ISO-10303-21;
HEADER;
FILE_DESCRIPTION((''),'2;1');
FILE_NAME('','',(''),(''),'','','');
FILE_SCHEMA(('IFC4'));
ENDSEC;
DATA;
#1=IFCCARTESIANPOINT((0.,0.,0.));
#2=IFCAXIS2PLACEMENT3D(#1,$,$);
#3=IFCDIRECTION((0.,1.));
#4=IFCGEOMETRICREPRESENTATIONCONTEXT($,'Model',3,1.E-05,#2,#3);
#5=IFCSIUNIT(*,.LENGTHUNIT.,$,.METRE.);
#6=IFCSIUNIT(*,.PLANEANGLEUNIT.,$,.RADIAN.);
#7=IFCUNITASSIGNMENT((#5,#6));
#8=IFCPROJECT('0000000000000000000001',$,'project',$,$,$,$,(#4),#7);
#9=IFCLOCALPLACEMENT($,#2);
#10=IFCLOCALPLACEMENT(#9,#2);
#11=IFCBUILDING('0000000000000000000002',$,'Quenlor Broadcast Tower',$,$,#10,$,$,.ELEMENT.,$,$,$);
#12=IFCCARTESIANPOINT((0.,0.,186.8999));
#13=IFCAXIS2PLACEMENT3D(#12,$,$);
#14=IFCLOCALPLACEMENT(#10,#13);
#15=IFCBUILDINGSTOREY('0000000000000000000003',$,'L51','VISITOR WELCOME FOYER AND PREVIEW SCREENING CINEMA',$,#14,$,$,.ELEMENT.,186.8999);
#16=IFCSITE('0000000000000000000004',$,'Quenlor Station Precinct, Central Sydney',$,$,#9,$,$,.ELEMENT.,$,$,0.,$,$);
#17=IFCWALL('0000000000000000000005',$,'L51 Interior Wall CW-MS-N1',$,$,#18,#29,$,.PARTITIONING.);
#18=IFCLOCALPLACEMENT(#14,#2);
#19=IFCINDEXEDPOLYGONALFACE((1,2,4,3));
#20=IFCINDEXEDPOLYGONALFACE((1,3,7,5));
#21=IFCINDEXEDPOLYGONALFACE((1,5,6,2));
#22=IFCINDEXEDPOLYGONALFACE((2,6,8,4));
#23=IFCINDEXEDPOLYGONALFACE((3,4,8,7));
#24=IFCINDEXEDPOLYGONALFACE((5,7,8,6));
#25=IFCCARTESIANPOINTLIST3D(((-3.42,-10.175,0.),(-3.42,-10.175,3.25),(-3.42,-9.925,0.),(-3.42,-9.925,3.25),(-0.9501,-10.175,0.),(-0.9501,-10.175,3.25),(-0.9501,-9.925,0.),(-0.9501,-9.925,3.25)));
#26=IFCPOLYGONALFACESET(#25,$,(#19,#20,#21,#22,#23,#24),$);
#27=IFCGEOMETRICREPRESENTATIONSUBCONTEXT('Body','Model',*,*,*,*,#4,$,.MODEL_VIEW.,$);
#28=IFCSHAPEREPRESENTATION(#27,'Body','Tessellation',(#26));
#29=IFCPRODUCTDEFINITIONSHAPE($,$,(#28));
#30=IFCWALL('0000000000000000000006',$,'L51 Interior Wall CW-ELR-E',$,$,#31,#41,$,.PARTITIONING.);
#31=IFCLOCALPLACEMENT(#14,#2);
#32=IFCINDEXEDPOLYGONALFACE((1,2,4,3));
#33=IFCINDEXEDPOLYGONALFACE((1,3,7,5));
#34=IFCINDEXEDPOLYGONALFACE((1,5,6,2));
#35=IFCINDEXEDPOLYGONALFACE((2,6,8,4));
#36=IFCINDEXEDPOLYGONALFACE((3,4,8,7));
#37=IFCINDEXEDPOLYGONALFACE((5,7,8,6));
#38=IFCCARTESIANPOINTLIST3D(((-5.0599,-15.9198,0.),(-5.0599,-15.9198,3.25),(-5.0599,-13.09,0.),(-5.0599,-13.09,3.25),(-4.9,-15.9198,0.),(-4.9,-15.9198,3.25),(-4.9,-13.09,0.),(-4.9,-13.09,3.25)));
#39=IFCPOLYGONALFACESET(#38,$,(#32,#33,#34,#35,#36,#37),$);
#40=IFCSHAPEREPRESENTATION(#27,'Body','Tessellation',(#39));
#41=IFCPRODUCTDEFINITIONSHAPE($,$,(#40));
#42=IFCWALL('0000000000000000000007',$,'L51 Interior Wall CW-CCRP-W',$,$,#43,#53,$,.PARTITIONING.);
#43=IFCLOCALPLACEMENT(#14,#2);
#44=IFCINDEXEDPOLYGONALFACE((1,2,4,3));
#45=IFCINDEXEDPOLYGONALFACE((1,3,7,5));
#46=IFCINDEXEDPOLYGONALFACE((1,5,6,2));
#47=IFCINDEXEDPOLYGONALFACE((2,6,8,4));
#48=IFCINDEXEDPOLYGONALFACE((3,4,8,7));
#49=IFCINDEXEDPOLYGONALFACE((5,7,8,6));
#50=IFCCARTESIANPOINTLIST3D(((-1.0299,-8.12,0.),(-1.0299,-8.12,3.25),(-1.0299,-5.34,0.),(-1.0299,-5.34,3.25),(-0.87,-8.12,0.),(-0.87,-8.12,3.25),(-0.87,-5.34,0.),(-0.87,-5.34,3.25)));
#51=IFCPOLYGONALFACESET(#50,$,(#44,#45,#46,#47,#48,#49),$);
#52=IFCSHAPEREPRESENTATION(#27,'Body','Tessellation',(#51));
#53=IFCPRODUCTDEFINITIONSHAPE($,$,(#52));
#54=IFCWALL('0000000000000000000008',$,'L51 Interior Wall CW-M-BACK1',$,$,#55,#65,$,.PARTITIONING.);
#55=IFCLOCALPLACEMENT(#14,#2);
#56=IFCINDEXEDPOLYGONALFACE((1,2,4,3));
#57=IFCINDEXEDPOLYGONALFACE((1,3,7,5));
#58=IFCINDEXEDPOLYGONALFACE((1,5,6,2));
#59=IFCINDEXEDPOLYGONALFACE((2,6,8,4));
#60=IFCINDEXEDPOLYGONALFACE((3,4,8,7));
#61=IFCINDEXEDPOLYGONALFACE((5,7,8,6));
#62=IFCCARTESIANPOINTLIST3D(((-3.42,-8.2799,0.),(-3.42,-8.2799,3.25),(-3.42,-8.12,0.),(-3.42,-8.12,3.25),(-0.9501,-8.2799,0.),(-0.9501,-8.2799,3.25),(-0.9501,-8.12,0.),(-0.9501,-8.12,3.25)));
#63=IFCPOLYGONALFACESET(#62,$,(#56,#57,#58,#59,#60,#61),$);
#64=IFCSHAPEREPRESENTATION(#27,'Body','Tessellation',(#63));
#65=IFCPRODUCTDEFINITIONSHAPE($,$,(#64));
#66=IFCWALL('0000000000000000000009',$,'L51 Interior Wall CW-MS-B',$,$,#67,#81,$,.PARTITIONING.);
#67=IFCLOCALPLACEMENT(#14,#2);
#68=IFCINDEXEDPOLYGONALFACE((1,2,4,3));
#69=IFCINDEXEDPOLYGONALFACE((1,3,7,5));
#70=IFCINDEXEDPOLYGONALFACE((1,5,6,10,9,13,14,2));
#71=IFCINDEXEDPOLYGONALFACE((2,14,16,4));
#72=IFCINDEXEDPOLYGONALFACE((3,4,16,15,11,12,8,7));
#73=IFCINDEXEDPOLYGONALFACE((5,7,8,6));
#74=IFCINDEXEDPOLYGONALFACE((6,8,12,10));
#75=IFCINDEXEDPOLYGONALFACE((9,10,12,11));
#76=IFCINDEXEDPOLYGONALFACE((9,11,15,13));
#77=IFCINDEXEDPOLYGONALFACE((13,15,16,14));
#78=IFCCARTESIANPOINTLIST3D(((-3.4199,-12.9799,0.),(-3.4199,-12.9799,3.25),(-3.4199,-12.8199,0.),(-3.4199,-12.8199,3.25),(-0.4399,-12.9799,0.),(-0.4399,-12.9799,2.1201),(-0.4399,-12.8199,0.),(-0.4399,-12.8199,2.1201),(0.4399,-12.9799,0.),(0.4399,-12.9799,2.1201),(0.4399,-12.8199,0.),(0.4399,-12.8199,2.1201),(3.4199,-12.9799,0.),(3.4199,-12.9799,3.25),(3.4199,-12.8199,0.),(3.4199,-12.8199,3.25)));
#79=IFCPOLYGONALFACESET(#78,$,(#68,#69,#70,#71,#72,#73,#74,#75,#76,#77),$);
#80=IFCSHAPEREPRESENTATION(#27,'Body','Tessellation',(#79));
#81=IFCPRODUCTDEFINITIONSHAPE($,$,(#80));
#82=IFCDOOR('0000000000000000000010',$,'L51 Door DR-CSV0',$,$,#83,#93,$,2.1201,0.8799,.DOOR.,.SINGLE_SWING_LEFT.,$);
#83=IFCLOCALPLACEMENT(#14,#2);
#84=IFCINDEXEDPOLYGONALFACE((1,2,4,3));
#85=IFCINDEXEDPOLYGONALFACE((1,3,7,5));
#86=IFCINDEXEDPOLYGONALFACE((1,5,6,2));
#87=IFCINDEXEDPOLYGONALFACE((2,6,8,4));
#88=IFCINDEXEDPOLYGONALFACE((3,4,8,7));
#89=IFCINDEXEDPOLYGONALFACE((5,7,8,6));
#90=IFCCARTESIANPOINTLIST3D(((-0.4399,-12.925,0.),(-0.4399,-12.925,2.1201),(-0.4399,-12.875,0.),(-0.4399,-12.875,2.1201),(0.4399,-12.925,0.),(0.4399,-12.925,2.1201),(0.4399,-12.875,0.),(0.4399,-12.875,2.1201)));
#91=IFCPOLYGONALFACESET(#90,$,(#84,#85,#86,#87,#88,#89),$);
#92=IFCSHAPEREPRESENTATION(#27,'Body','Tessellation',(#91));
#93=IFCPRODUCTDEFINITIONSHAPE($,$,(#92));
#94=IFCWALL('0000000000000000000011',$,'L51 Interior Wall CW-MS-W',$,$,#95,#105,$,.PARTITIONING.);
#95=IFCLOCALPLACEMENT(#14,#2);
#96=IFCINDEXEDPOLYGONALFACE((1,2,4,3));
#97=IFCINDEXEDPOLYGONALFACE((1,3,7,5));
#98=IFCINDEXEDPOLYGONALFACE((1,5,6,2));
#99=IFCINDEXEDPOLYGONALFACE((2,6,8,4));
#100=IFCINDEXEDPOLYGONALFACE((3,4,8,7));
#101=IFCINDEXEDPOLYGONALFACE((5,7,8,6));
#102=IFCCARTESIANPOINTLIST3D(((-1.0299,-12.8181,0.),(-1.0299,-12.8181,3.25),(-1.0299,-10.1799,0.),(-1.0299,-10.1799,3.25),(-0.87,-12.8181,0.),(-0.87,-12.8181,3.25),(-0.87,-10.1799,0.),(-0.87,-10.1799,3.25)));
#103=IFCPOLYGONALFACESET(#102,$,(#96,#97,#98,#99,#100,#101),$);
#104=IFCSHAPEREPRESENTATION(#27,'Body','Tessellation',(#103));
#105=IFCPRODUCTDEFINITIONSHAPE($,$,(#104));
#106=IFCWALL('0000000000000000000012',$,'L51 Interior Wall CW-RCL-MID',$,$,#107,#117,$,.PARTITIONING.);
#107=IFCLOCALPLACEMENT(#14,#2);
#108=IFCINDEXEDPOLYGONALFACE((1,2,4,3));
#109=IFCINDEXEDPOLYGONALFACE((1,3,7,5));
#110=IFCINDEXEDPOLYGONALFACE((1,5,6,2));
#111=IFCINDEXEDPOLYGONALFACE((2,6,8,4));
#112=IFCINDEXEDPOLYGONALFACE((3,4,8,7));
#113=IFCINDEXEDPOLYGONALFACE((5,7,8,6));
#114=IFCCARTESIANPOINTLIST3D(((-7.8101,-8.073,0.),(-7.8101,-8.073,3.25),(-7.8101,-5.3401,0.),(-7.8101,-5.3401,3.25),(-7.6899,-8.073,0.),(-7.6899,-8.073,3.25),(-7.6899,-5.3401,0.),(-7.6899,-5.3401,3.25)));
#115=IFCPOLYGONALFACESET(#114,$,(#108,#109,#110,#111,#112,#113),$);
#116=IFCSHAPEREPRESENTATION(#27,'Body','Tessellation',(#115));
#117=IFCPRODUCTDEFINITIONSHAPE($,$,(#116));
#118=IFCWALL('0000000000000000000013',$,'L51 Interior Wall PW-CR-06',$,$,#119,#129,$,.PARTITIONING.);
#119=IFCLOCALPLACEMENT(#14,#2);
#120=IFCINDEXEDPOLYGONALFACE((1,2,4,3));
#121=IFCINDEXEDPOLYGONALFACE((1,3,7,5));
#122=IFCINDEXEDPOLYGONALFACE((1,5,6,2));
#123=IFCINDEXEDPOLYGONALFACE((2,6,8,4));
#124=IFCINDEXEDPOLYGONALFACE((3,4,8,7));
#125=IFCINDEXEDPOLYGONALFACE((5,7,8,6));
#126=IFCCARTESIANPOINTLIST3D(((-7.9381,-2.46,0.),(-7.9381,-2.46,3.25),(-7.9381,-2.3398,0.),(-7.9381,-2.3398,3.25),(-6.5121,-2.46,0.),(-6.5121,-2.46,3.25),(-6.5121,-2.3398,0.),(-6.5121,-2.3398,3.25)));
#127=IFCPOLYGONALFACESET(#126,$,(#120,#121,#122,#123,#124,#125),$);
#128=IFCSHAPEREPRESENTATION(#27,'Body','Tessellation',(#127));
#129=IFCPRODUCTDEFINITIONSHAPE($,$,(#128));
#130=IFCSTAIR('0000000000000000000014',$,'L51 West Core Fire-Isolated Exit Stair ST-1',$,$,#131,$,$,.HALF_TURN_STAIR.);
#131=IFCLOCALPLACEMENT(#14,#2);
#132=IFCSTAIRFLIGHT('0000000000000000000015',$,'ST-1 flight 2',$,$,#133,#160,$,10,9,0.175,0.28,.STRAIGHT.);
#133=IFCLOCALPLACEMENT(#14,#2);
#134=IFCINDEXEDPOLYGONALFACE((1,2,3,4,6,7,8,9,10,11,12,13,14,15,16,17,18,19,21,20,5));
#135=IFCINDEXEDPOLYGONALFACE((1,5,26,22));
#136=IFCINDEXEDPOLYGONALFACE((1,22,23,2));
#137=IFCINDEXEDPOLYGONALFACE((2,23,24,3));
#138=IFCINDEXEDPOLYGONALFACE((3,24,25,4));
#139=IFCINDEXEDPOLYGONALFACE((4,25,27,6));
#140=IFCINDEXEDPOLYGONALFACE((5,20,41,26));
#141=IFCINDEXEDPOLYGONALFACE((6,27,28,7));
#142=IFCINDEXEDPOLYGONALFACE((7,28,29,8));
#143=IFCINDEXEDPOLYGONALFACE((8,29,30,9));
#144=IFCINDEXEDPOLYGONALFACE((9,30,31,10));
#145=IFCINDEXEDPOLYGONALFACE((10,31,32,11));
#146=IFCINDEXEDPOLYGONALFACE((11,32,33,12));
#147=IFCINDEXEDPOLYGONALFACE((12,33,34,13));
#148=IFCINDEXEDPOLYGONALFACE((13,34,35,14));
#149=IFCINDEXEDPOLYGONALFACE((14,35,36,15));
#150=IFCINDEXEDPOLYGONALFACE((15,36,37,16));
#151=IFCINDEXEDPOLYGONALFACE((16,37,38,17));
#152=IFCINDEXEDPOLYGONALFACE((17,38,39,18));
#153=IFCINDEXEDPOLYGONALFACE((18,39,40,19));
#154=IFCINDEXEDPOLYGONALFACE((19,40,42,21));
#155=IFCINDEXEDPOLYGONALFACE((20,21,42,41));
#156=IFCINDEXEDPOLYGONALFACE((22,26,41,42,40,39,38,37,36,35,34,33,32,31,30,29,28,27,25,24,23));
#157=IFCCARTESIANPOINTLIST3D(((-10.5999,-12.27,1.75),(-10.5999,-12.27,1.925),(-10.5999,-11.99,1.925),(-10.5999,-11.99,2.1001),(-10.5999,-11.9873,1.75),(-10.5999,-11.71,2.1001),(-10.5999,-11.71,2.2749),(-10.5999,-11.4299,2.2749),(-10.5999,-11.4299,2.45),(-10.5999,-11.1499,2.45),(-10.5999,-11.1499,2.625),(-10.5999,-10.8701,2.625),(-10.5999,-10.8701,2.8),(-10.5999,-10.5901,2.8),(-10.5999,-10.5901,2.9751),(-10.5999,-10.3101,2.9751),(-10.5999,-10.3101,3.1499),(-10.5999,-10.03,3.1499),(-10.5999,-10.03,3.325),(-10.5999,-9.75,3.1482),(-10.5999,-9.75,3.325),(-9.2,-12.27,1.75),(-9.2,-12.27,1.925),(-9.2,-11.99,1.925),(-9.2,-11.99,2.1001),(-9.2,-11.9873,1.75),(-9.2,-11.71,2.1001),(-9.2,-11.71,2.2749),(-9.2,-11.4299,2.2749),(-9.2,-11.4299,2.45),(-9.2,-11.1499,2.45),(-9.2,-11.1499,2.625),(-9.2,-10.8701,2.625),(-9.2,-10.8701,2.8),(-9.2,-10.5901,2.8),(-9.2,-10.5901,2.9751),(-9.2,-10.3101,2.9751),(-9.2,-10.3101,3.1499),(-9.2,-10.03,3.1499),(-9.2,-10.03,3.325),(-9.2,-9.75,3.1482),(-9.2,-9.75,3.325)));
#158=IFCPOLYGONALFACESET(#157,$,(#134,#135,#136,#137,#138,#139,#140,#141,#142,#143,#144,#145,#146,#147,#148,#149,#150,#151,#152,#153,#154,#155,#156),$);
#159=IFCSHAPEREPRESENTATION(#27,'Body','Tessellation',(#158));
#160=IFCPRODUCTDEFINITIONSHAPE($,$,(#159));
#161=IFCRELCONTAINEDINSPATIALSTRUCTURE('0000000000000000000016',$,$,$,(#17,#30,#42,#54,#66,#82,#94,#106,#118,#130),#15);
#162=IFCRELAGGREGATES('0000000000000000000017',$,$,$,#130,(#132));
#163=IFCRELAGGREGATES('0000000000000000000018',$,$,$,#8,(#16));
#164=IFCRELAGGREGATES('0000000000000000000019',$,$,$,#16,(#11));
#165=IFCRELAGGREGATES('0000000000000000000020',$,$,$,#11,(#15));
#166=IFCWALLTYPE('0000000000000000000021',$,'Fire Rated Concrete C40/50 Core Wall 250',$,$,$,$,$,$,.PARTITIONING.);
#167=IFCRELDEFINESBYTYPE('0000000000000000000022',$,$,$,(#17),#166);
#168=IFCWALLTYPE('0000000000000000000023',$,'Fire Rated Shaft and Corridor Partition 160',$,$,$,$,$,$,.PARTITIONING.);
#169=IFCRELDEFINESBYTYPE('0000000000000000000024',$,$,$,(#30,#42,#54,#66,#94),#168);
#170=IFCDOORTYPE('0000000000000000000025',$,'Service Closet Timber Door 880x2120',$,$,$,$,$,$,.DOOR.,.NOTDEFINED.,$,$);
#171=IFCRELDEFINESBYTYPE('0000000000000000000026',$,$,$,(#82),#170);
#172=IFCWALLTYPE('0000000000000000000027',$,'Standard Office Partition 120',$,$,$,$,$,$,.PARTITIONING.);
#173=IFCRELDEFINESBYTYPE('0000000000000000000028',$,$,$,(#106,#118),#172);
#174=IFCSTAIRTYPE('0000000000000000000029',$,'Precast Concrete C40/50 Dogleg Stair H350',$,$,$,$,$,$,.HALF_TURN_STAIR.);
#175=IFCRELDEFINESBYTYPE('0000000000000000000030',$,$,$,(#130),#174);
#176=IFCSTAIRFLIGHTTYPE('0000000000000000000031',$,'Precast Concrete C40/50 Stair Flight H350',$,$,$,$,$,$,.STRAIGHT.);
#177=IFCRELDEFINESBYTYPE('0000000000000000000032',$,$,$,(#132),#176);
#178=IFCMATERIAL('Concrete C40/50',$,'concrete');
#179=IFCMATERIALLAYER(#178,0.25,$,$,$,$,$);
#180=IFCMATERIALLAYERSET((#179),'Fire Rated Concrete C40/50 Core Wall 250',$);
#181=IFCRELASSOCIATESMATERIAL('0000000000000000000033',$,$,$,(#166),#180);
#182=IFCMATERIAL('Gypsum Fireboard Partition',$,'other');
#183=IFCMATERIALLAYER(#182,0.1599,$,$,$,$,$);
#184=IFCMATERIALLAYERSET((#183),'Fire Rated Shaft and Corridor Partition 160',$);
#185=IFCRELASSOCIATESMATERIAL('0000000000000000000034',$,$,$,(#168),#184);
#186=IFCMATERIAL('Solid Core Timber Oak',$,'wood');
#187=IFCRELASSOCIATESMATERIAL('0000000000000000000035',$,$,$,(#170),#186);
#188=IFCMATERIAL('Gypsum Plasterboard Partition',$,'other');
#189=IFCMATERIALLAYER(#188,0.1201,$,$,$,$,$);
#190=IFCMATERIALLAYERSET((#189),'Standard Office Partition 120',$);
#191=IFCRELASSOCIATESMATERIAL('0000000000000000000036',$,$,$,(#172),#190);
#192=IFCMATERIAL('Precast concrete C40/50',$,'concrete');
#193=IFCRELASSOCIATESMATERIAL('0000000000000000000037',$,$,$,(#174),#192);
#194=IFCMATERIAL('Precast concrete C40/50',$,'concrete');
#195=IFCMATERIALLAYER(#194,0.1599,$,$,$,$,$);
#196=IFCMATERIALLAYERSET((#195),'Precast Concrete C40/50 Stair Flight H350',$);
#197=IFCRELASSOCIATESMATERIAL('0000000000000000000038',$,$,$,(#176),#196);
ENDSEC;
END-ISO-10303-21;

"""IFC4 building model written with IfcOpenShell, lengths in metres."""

from ifc_helpers import new_model, si_unit, direction, frame, frame_2d, origin, place, context, subcontext, project, spatial, polyline, rectangle, outline, extrude, material, layer, layer_set, type_object, element, fill, aggregate, save


model = new_model("IFC4")

# Units and contexts
model_context = context("Model", 3, precision=1e-05, world=origin(), true_north=direction((0.0, 1.0)))
body_context = subcontext(model_context, "Body", "Model", "MODEL_VIEW")
ifc_project = project(units=[si_unit("LENGTHUNIT", "METRE"), si_unit("PLANEANGLEUNIT", "RADIAN")], contexts=[model_context])

# Site, building, storey
site_placement = place(None, origin())
site = spatial("IfcSite", under=ifc_project, at=site_placement, Name="Quenlor Station Precinct, Central Sydney", CompositionType="ELEMENT", RefElevation=0.0)
building_placement = place(site_placement, origin())
building = spatial("IfcBuilding", under=site, at=building_placement, Name="Quenlor Broadcast Tower", CompositionType="ELEMENT")
storey_placement = place(building_placement, frame((0.0, 0.0, 186.8999)))
storey = spatial("IfcBuildingStorey", under=building, at=storey_placement, Name="L51", Description="VISITOR WELCOME FOYER AND PREVIEW SCREENING CINEMA", CompositionType="ELEMENT", Elevation=186.8999)

# Shared definitions
ifc_material_1 = material(Name="Concrete C40/50", Category="concrete")
ifc_layer_1 = layer(ifc_material_1, 0.25)
ifc_layer_set_1 = layer_set([ifc_layer_1], Name="Fire Rated Concrete C40/50 Core Wall 250")
wall_type_1 = type_object("IfcWallType", Name="Fire Rated Concrete C40/50 Core Wall 250", PredefinedType="PARTITIONING", material=ifc_layer_set_1)

# Walls
wall_1_placement = place(storey_placement, frame((-3.4199, -10.05, 0.0), z_axis=(0.0, 0.0, 1.0), x_axis=(1.0, 0.0, 0.0)))
element("IfcWall", 1, at=wall_1_placement, inside=storey, type_object=wall_type_1, Name="L51 Interior Wall CW-MS-N1", PredefinedType="PARTITIONING", context=body_context, shape_type="SweptSolid", body=[
    extrude(rectangle(XDim=2.47, YDim=0.25, at=frame_2d((1.2349, 0.0))), origin(), (0.0, 0.0, 1.0), 3.25),
])
ifc_material_2 = material(Name="Gypsum Fireboard Partition", Category="other")
ifc_layer_2 = layer(ifc_material_2, 0.1599)
ifc_layer_set_2 = layer_set([ifc_layer_2], Name="Fire Rated Shaft and Corridor Partition 160")
wall_type_2 = type_object("IfcWallType", Name="Fire Rated Shaft and Corridor Partition 160", PredefinedType="PARTITIONING", material=ifc_layer_set_2)
wall_2_placement = place(storey_placement, frame((-4.98, -15.9199, 0.0), z_axis=(0.0, 0.0, 1.0), x_axis=(0.0, 1.0, 0.0)))
element("IfcWall", 2, at=wall_2_placement, inside=storey, type_object=wall_type_2, Name="L51 Interior Wall CW-ELR-E", PredefinedType="PARTITIONING", context=body_context, shape_type="SweptSolid", body=[
    extrude(rectangle(XDim=2.8298, YDim=0.1599, at=frame_2d((1.415, 0.0))), origin(), (0.0, 0.0, 1.0), 3.25),
])
wall_3_placement = place(storey_placement, frame((-0.95, -8.1201, 0.0), z_axis=(0.0, 0.0, 1.0), x_axis=(0.0, 1.0, 0.0)))
element("IfcWall", 3, at=wall_3_placement, inside=storey, type_object=wall_type_2, Name="L51 Interior Wall CW-CCRP-W", PredefinedType="PARTITIONING", context=body_context, shape_type="SweptSolid", body=[
    extrude(rectangle(XDim=2.78, YDim=0.1599, at=frame_2d((1.3901, 0.0))), origin(), (0.0, 0.0, 1.0), 3.25),
])
wall_4_placement = place(storey_placement, frame((-3.4199, -8.2, 0.0), z_axis=(0.0, 0.0, 1.0), x_axis=(1.0, 0.0, 0.0)))
element("IfcWall", 4, at=wall_4_placement, inside=storey, type_object=wall_type_2, Name="L51 Interior Wall CW-M-BACK1", PredefinedType="PARTITIONING", context=body_context, shape_type="SweptSolid", body=[
    extrude(rectangle(XDim=2.47, YDim=0.1599, at=frame_2d((1.2349, 0.0))), origin(), (0.0, 0.0, 1.0), 3.25),
])

# Wall, opening, door
wall_5_placement = place(storey_placement, frame((-3.4199, -12.8999, 0.0), z_axis=(0.0, 0.0, 1.0), x_axis=(1.0, 0.0, 0.0)))
wall_5 = element("IfcWall", 5, at=wall_5_placement, inside=storey, type_object=wall_type_2, Name="L51 Interior Wall CW-MS-B", PredefinedType="PARTITIONING", context=body_context, shape_type="SweptSolid", body=[
    extrude(rectangle(XDim=6.8398, YDim=0.1599, at=frame_2d((3.4199, 0.0))), origin(), (0.0, 0.0, 1.0), 3.25),
])
opening_1_placement = place(wall_5_placement, frame((2.98, 0.0, 0.0)))
opening_1 = element("IfcOpeningElement", 6, at=opening_1_placement, cuts=wall_5, PredefinedType="OPENING", context=body_context, shape_type="SweptSolid", body=[
    extrude(rectangle(XDim=0.8799, YDim=2.1201, at=frame_2d((0.4399, 1.0601))), frame((0.0, 0.0898, 0.0), z_axis=(0.0, -1.0, 0.0), x_axis=(1.0, 0.0, 0.0)), (0.0, 0.0, 1.0), 0.1799),
])
ifc_material_3 = material(Name="Solid Core Timber Oak", Category="wood")
door_type_1 = type_object("IfcDoorType", Name="Service Closet Timber Door 880x2120", OperationType="NOTDEFINED", PredefinedType="DOOR", material=ifc_material_3)
door_1_placement = place(opening_1_placement, origin())
door_1 = element("IfcDoor", 7, at=door_1_placement, inside=storey, type_object=door_type_1, Name="L51 Door DR-CSV0", OperationType="SINGLE_SWING_LEFT", OverallHeight=2.1201, OverallWidth=0.8799, PredefinedType="DOOR", context=body_context, shape_type="SweptSolid", body=[
    extrude(rectangle(XDim=0.8799, YDim=2.1201, at=frame_2d((0.4399, 1.0601))), frame((0.0, 0.0249, 0.0), z_axis=(0.0, -1.0, 0.0), x_axis=(1.0, 0.0, 0.0)), (0.0, 0.0, 1.0), 0.05),
])
fill(opening_1, door_1)

# Walls
wall_6_placement = place(storey_placement, frame((-0.95, -12.8181, 0.0), z_axis=(0.0, 0.0, 1.0), x_axis=(0.0, 1.0, 0.0)))
element("IfcWall", 8, at=wall_6_placement, inside=storey, type_object=wall_type_2, Name="L51 Interior Wall CW-MS-W", PredefinedType="PARTITIONING", context=body_context, shape_type="SweptSolid", body=[
    extrude(rectangle(XDim=2.6382, YDim=0.1599, at=frame_2d((1.3191, 0.0))), origin(), (0.0, 0.0, 1.0), 3.25),
])
ifc_material_4 = material(Name="Gypsum Plasterboard Partition", Category="other")
ifc_layer_3 = layer(ifc_material_4, 0.1201)
ifc_layer_set_3 = layer_set([ifc_layer_3], Name="Standard Office Partition 120")
wall_type_3 = type_object("IfcWallType", Name="Standard Office Partition 120", PredefinedType="PARTITIONING", material=ifc_layer_set_3)
wall_7_placement = place(storey_placement, frame((-7.75, -8.073, 0.0), z_axis=(0.0, 0.0, 1.0), x_axis=(0.0, 1.0, 0.0)))
element("IfcWall", 9, at=wall_7_placement, inside=storey, type_object=wall_type_3, Name="L51 Interior Wall CW-RCL-MID", PredefinedType="PARTITIONING", context=body_context, shape_type="SweptSolid", body=[
    extrude(rectangle(XDim=2.7329, YDim=0.1201, at=frame_2d((1.3665, 0.0))), origin(), (0.0, 0.0, 1.0), 3.25),
])

# Wall
wall_8_placement = place(storey_placement, frame((-7.938, -2.3999, 0.0), z_axis=(0.0, 0.0, 1.0), x_axis=(1.0, 0.0, 0.0)))
element("IfcWall", 10, at=wall_8_placement, inside=storey, type_object=wall_type_3, Name="L51 Interior Wall PW-CR-06", PredefinedType="PARTITIONING", context=body_context, shape_type="SweptSolid", body=[
    extrude(rectangle(XDim=1.426, YDim=0.1201, at=frame_2d((0.7129, 0.0))), origin(), (0.0, 0.0, 1.0), 3.25),
])

# Stair, stair flight
ifc_material_5 = material(Name="Precast concrete C40/50", Category="concrete")
stair_type = type_object("IfcStairType", Name="Precast Concrete C40/50 Dogleg Stair H350", PredefinedType="HALF_TURN_STAIR", material=ifc_material_5)
stair_placement = place(storey_placement, origin())
stair = element("IfcStair", 11, at=stair_placement, inside=storey, type_object=stair_type, Name="L51 West Core Fire-Isolated Exit Stair ST-1", PredefinedType="HALF_TURN_STAIR")
ifc_material_6 = material(Name="Precast concrete C40/50", Category="concrete")
ifc_layer_4 = layer(ifc_material_6, 0.1599)
ifc_layer_set_4 = layer_set([ifc_layer_4], Name="Precast Concrete C40/50 Stair Flight H350")
stair_flight_type = type_object("IfcStairFlightType", Name="Precast Concrete C40/50 Stair Flight H350", PredefinedType="STRAIGHT", material=ifc_layer_set_4)
stair_flight_placement = place(storey_placement, frame((-9.8999, -12.27, 1.75), z_axis=(0.0, 0.0, 1.0), x_axis=(0.0, 1.0, 0.0)))
stair_flight = element("IfcStairFlight", 12, at=stair_flight_placement, type_object=stair_flight_type, Name="ST-1 flight 2", NumberOfRisers=10, NumberOfTreads=9, PredefinedType="STRAIGHT", RiserHeight=0.175, TreadLength=0.28, context=body_context, shape_type="SweptSolid", body=[
    extrude(outline(polyline([(0.0, 0.0), (0.0, 0.175), (0.28, 0.175), (0.28, 0.3501), (0.5601, 0.3501), (0.5601, 0.5249), (0.8401, 0.5249), (0.8401, 0.7), (1.1201, 0.7), (1.1201, 0.875), (1.3999, 0.875), (1.3999, 1.05), (1.6799, 1.05), (1.6799, 1.2251), (1.96, 1.2251), (1.96, 1.3999), (2.24, 1.3999), (2.24, 1.575), (2.52, 1.575), (2.52, 1.75), (2.52, 1.3982), (0.2827, 0.0), (0.0, 0.0)])), frame((0.0, 0.7, 0.0), z_axis=(0.0, -1.0, 0.0), x_axis=(1.0, 0.0, 0.0)), (0.0, 0.0, 1.0), 1.3999),
])
aggregate(stair, [stair_flight])

save(model, "model.ifc")
